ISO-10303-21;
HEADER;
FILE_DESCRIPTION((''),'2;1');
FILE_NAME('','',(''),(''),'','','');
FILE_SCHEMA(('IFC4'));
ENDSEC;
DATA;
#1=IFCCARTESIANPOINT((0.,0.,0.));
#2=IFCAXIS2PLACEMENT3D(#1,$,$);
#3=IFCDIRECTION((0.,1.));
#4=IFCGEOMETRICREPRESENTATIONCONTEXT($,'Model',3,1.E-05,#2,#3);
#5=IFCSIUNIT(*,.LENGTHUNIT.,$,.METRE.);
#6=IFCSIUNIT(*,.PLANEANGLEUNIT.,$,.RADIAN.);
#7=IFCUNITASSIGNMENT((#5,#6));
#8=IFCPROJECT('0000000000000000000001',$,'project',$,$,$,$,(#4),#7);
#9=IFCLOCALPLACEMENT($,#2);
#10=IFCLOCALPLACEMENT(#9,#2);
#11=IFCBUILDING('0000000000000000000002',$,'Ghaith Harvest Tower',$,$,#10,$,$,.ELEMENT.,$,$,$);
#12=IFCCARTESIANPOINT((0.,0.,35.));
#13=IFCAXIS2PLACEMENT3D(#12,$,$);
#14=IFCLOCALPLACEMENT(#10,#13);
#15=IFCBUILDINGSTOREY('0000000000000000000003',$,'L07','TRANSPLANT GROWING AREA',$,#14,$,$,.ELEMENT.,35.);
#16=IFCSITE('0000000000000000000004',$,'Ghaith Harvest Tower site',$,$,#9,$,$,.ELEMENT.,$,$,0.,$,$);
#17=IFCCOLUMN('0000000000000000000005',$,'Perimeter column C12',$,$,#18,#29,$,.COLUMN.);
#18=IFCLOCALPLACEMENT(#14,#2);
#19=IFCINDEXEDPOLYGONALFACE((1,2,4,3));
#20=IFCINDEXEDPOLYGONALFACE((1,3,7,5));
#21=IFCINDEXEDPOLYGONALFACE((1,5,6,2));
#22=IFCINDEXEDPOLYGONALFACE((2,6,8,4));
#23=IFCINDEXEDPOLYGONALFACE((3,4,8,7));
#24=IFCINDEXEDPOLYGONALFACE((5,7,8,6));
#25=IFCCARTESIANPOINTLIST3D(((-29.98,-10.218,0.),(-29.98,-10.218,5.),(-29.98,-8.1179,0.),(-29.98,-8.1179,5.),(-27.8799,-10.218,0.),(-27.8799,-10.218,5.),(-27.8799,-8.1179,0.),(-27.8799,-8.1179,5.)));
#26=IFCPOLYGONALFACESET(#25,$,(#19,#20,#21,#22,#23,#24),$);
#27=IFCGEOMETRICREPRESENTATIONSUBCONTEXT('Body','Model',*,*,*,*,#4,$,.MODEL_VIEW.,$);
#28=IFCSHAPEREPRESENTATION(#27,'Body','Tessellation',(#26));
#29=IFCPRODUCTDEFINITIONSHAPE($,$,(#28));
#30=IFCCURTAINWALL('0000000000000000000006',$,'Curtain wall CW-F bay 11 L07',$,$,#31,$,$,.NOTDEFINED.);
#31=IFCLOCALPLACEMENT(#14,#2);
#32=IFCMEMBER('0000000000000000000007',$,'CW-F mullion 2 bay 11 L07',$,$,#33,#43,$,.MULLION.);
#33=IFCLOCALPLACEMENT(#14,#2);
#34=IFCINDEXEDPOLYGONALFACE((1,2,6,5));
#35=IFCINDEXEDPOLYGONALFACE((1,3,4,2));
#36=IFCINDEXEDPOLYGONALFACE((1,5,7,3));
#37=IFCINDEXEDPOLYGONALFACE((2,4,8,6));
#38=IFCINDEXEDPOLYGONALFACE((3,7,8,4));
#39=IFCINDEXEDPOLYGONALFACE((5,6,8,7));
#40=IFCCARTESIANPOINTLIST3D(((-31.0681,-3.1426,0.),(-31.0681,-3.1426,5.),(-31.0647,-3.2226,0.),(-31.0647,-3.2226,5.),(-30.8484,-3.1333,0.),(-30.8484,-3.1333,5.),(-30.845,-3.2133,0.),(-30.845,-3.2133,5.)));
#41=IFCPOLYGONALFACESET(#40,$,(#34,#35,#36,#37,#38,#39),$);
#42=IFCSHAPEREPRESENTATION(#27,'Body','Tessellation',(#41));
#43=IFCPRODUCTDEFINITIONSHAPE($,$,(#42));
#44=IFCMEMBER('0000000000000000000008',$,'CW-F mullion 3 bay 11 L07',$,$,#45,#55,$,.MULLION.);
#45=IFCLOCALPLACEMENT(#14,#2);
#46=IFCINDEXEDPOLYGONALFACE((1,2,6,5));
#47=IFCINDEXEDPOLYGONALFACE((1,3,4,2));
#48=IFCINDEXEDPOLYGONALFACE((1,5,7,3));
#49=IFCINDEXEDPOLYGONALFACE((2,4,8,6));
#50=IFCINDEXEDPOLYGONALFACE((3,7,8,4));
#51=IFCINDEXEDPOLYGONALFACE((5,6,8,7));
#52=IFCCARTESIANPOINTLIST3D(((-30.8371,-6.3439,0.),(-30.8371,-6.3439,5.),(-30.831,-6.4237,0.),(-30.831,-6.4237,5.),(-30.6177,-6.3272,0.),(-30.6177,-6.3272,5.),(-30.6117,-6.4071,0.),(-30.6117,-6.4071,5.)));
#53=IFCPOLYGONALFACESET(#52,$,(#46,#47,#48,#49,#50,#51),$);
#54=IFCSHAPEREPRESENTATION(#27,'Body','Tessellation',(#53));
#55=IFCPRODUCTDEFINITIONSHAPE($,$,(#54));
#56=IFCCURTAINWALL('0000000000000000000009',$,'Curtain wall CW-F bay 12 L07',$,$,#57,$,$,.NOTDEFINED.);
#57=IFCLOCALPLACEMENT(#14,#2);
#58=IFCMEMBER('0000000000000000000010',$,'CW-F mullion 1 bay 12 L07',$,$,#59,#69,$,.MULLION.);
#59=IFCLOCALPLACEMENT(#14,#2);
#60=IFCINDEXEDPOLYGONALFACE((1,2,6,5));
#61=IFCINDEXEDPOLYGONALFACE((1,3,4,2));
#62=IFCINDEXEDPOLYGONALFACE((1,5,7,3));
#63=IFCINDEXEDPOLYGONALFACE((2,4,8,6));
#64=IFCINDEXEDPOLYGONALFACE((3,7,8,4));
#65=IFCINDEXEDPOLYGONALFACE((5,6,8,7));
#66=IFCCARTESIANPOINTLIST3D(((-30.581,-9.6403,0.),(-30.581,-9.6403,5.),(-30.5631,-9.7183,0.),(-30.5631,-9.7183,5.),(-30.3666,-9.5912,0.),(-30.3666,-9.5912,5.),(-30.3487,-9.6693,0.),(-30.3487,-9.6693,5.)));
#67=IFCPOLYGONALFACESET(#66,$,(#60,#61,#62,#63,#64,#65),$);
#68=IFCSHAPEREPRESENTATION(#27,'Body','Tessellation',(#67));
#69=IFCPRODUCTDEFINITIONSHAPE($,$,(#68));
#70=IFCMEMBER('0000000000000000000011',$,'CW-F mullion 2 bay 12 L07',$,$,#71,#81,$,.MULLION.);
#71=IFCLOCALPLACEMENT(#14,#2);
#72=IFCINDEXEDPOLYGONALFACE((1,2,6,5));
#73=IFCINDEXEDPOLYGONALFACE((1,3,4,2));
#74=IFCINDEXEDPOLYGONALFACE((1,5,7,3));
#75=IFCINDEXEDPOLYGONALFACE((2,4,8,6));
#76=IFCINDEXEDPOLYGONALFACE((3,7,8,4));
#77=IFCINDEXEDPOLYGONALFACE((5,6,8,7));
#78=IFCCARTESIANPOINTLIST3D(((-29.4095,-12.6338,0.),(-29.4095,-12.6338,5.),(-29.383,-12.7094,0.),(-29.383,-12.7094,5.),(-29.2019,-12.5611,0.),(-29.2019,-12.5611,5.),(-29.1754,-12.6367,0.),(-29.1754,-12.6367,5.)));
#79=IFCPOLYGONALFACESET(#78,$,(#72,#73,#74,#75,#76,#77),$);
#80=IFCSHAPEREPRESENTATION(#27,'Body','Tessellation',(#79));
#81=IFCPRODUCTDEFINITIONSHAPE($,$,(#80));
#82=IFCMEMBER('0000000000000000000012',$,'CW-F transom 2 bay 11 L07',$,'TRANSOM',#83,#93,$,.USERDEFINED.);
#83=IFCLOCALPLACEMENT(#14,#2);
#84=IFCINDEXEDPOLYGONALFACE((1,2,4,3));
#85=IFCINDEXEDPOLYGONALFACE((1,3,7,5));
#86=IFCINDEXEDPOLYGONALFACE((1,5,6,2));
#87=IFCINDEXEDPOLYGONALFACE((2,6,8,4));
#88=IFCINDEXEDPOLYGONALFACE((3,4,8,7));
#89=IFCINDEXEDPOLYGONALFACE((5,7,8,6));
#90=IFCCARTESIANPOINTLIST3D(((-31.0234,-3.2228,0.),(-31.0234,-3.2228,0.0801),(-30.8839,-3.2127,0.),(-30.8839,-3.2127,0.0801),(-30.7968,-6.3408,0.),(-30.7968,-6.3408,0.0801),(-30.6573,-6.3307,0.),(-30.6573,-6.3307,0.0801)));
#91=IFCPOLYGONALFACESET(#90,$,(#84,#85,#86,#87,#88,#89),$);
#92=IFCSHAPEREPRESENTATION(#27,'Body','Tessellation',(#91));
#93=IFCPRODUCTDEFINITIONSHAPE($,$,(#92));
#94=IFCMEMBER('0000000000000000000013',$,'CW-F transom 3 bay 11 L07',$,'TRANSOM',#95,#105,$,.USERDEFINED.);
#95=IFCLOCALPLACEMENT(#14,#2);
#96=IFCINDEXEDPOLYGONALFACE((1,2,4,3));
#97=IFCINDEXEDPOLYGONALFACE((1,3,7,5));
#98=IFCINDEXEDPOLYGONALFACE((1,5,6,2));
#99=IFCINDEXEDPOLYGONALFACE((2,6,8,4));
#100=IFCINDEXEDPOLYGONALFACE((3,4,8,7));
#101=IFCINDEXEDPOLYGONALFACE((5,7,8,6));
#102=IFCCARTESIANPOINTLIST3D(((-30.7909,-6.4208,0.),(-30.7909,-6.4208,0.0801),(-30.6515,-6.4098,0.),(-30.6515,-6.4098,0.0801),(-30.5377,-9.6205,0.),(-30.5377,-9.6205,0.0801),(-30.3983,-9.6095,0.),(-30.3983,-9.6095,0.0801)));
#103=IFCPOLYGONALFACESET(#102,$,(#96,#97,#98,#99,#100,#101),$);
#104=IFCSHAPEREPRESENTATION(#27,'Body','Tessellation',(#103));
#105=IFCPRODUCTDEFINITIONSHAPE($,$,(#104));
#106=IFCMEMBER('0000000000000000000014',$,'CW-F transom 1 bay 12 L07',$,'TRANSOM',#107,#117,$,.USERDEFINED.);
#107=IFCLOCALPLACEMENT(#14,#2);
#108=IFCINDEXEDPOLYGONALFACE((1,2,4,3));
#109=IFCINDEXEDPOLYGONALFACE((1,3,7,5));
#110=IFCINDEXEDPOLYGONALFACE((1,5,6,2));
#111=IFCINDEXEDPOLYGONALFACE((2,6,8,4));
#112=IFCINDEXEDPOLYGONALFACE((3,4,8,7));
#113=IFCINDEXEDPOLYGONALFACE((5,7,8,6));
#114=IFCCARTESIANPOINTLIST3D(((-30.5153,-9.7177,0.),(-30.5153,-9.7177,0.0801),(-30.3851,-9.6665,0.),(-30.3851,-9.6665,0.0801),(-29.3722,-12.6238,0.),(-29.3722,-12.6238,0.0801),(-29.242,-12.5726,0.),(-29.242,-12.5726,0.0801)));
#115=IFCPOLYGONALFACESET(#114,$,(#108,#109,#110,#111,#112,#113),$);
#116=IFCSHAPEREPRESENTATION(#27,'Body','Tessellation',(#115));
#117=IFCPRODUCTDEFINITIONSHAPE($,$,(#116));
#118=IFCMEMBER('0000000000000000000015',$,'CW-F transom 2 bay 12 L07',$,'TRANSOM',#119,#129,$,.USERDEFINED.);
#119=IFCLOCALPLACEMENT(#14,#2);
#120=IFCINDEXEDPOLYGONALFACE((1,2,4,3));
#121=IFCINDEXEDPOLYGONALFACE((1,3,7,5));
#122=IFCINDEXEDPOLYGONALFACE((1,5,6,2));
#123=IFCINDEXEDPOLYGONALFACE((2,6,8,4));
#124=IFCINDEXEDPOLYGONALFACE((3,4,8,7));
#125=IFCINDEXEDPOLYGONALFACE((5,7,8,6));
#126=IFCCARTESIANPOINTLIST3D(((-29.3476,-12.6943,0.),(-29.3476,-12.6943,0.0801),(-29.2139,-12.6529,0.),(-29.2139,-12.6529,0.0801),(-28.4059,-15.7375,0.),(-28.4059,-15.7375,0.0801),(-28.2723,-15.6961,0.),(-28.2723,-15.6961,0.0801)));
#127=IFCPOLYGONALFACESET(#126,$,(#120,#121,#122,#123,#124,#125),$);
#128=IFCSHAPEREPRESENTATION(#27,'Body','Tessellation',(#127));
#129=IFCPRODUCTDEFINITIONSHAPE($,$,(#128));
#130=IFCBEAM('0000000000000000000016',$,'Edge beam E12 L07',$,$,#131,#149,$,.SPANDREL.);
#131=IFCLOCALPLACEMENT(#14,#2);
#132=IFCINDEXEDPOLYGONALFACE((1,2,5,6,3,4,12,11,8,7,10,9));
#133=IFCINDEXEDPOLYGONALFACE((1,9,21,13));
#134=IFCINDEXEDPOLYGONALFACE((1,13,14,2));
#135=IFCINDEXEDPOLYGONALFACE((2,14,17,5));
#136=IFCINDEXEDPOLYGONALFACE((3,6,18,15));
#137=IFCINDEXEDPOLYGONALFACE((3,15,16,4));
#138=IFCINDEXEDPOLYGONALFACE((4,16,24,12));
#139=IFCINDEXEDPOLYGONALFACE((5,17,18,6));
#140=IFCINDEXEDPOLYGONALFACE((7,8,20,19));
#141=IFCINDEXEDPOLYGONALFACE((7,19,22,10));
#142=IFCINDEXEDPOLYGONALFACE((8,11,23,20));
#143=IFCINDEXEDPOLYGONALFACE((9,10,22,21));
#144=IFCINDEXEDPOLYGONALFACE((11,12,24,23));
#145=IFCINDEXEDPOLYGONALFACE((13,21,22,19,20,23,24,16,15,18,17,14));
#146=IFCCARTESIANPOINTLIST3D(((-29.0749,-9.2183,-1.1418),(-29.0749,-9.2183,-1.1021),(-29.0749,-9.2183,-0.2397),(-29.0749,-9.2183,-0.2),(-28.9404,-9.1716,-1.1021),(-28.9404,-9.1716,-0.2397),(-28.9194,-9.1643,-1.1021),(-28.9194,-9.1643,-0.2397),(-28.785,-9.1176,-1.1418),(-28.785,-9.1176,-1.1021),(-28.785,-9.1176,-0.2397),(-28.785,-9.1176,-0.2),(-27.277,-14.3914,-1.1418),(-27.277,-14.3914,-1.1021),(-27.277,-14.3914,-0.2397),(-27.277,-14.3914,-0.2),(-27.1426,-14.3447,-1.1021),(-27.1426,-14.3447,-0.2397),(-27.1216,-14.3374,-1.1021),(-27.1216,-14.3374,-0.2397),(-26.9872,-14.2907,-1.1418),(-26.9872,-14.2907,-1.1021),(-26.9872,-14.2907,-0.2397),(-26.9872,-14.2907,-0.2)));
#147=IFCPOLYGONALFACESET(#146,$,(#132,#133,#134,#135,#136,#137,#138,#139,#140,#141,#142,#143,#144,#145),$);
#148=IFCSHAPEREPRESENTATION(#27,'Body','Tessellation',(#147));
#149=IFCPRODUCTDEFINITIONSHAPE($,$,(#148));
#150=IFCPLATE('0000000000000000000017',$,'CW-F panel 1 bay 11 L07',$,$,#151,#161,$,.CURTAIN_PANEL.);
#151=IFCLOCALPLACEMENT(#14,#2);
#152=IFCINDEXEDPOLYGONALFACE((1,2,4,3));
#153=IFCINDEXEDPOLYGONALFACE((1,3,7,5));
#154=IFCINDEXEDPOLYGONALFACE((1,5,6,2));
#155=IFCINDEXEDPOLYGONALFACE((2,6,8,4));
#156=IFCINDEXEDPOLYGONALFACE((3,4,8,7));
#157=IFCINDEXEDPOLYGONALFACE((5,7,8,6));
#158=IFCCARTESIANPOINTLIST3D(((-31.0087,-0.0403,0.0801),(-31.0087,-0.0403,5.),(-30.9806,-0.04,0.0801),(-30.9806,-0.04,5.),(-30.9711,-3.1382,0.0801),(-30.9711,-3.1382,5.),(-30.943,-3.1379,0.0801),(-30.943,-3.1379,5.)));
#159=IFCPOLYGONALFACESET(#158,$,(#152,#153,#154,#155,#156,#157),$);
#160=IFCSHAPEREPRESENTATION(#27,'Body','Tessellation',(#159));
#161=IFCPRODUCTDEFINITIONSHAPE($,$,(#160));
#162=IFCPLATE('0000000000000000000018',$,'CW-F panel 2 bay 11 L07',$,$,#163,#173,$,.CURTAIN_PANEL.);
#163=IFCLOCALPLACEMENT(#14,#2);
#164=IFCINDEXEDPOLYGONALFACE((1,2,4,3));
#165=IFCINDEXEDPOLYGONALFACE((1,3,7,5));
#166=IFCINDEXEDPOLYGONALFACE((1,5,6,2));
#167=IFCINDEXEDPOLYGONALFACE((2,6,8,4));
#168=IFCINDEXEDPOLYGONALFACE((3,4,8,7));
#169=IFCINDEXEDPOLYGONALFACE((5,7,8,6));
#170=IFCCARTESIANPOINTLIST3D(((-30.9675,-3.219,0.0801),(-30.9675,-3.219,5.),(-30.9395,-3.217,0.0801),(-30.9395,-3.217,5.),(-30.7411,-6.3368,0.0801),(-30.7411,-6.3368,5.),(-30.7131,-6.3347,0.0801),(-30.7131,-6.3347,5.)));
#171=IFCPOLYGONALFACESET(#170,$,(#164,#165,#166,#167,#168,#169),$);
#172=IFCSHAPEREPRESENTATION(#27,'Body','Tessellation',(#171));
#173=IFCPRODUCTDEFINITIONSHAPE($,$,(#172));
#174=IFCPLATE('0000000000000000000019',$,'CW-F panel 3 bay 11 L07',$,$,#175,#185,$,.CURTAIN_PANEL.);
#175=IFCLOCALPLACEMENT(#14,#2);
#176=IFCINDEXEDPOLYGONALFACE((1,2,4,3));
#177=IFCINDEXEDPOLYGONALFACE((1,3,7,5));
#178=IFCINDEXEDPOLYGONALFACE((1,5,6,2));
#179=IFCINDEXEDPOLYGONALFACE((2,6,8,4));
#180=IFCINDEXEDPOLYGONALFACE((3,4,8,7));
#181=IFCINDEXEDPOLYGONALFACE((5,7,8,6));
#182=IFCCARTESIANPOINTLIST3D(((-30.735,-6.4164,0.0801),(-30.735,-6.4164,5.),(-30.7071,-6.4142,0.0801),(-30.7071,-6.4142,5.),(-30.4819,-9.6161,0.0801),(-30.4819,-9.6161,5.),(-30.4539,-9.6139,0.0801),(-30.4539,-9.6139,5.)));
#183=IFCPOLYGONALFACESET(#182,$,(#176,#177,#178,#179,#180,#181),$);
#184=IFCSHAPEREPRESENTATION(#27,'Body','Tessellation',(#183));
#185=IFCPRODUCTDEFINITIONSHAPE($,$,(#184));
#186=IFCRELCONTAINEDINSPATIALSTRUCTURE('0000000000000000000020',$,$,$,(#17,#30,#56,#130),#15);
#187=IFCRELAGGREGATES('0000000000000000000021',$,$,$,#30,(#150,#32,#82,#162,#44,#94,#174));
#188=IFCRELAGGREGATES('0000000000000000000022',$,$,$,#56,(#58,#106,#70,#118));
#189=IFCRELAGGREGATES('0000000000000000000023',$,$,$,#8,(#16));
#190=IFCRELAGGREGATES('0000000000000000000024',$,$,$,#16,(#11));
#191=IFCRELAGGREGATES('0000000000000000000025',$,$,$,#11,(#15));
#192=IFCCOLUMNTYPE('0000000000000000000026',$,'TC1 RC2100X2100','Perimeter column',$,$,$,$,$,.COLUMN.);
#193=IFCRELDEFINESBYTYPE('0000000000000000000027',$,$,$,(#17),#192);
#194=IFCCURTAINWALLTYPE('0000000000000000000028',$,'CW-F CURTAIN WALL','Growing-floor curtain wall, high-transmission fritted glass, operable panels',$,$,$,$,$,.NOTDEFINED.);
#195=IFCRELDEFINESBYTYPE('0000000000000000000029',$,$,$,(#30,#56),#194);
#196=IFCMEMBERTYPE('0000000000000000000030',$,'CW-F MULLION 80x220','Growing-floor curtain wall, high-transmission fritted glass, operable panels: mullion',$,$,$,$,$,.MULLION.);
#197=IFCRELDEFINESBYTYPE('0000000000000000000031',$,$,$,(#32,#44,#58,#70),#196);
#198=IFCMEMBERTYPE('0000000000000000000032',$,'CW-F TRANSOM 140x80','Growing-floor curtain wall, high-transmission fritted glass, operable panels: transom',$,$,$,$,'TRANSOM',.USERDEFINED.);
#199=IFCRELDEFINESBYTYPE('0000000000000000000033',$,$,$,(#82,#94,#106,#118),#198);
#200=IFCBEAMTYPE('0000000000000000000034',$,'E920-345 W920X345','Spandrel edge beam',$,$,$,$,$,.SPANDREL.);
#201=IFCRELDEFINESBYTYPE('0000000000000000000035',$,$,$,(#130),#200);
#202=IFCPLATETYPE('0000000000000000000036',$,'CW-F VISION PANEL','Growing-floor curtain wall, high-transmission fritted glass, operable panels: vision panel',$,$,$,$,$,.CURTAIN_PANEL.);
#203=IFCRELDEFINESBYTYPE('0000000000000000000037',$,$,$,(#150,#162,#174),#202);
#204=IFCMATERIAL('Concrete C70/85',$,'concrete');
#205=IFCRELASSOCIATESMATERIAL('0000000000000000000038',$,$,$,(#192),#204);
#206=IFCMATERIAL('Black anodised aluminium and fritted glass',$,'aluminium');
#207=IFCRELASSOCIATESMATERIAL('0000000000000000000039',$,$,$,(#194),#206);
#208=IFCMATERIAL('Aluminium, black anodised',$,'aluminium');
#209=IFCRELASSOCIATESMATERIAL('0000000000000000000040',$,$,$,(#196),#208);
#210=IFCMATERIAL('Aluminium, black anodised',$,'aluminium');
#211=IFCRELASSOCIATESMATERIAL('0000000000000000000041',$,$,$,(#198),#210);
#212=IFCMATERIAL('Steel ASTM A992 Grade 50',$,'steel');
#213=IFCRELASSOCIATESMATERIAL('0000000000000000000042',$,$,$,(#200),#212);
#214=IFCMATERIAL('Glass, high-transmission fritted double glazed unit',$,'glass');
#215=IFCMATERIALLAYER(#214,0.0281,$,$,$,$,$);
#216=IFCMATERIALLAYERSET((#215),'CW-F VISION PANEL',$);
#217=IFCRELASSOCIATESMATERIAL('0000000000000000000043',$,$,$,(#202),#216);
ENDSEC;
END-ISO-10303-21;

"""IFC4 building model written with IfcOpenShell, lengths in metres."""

from ifc_helpers import new_model, si_unit, direction, frame, origin, origin_2d, place, context, subcontext, project, spatial, rectangle, i_section, extrude, material, layer, layer_set, material_profile, profile_set, type_object, element, aggregate, save


model = new_model("IFC4")

# Units and contexts
model_context = context("Model", 3, precision=1e-05, world=origin(), true_north=direction((0.0, 1.0)))
body_context = subcontext(model_context, "Body", "Model", "MODEL_VIEW")
ifc_project = project(units=[si_unit("LENGTHUNIT", "METRE"), si_unit("PLANEANGLEUNIT", "RADIAN")], contexts=[model_context])

# Site, building, storey
site_placement = place(None, origin())
site = spatial("IfcSite", under=ifc_project, at=site_placement, Name="Ghaith Harvest Tower site", CompositionType="ELEMENT", RefElevation=0.0)
building_placement = place(site_placement, origin())
building = spatial("IfcBuilding", under=site, at=building_placement, Name="Ghaith Harvest Tower", CompositionType="ELEMENT")
storey_placement = place(building_placement, frame((0.0, 0.0, 35.0)))
storey = spatial("IfcBuildingStorey", under=building, at=storey_placement, Name="L07", Description="TRANSPLANT GROWING AREA", CompositionType="ELEMENT", Elevation=35.0)

# Column
ifc_material_1 = material(Name="Concrete C70/85", Category="concrete")
ifc_material_profile_1 = material_profile(ifc_material_1, rectangle(XDim=2.1001, YDim=2.1001, at=origin_2d()), Name="RC2100X2100")
ifc_profile_set_1 = profile_set([ifc_material_profile_1], Name="Concrete C70/85")
column_type = type_object("IfcColumnType", Name="TC1 RC2100X2100", Description="Perimeter column", PredefinedType="COLUMN", material=ifc_profile_set_1)
column_placement = place(storey_placement, frame((-28.9299, -9.168, 0.0), z_axis=(0.0, 0.0, 1.0), x_axis=(1.0, 0.0, 0.0)))
element("IfcColumn", 1, at=column_placement, inside=storey, type_object=column_type, Name="Perimeter column C12", PredefinedType="COLUMN", context=body_context, shape_type="SweptSolid", body=[
    extrude(rectangle(XDim=2.1001, YDim=2.1001, at=origin_2d()), origin(), (0.0, 0.0, 1.0), 5.0),
])

# Curtain walls, members
ifc_material_2 = material(Name="Black anodised aluminium and fritted glass", Category="aluminium")
curtain_wall_type = type_object("IfcCurtainWallType", Name="CW-F CURTAIN WALL", Description="Growing-floor curtain wall, high-transmission fritted glass, operable panels", PredefinedType="NOTDEFINED", material=ifc_material_2)
curtain_wall_1_placement = place(storey_placement, origin())
curtain_wall_1 = element("IfcCurtainWall", 2, at=curtain_wall_1_placement, inside=storey, type_object=curtain_wall_type, Name="Curtain wall CW-F bay 11 L07", PredefinedType="NOTDEFINED")
ifc_material_3 = material(Name="Aluminium, black anodised", Category="aluminium")
ifc_material_profile_2 = material_profile(ifc_material_3, rectangle(XDim=0.0801, YDim=0.22, at=origin_2d()), Name="CW-F MULLION 80x220")
ifc_profile_set_2 = profile_set([ifc_material_profile_2], Name="Aluminium, black anodised")
member_type_1 = type_object("IfcMemberType", Name="CW-F MULLION 80x220", Description="Growing-floor curtain wall, high-transmission fritted glass, operable panels: mullion", PredefinedType="MULLION", material=ifc_profile_set_2)
member_1_placement = place(storey_placement, frame((-30.9565, -3.178, 0.0), z_axis=(0.0, 0.0, 1.0), x_axis=(0.042427, -0.9991, 0.0)))
member_1 = element("IfcMember", 3, at=member_1_placement, type_object=member_type_1, Name="CW-F mullion 2 bay 11 L07", PredefinedType="MULLION", context=body_context, shape_type="SweptSolid", body=[
    extrude(rectangle(XDim=0.0801, YDim=0.22, at=origin_2d()), origin(), (0.0, 0.0, 1.0), 5.0),
])
member_2_placement = place(storey_placement, frame((-30.7244, -6.3755, 0.0), z_axis=(0.0, 0.0, 1.0), x_axis=(0.075686, -0.997132, 0.0)))
member_2 = element("IfcMember", 4, at=member_2_placement, type_object=member_type_1, Name="CW-F mullion 3 bay 11 L07", PredefinedType="MULLION", context=body_context, shape_type="SweptSolid", body=[
    extrude(rectangle(XDim=0.0801, YDim=0.22, at=origin_2d()), origin(), (0.0, 0.0, 1.0), 5.0),
])
curtain_wall_2_placement = place(storey_placement, origin())
curtain_wall_2 = element("IfcCurtainWall", 5, at=curtain_wall_2_placement, inside=storey, type_object=curtain_wall_type, Name="Curtain wall CW-F bay 12 L07", PredefinedType="NOTDEFINED")
member_3_placement = place(storey_placement, frame((-30.4648, -9.6548, 0.0), z_axis=(0.0, 0.0, 1.0), x_axis=(0.222967, -0.974826, 0.0)))
member_3 = element("IfcMember", 6, at=member_3_placement, type_object=member_type_1, Name="CW-F mullion 1 bay 12 L07", PredefinedType="MULLION", context=body_context, shape_type="SweptSolid", body=[
    extrude(rectangle(XDim=0.0801, YDim=0.22, at=origin_2d()), origin(), (0.0, 0.0, 1.0), 5.0),
])
member_4_placement = place(storey_placement, frame((-29.2925, -12.6353, 0.0), z_axis=(0.0, 0.0, 1.0), x_axis=(0.330701, -0.943736, 0.0)))
member_4 = element("IfcMember", 7, at=member_4_placement, type_object=member_type_1, Name="CW-F mullion 2 bay 12 L07", PredefinedType="MULLION", context=body_context, shape_type="SweptSolid", body=[
    extrude(rectangle(XDim=0.0801, YDim=0.22, at=origin_2d()), origin(), (0.0, 0.0, 1.0), 5.0),
])

# Members
ifc_material_4 = material(Name="Aluminium, black anodised", Category="aluminium")
ifc_material_profile_3 = material_profile(ifc_material_4, rectangle(XDim=0.1399, YDim=0.0801, at=origin_2d()), Name="CW-F TRANSOM 140x80")
ifc_profile_set_3 = profile_set([ifc_material_profile_3], Name="Aluminium, black anodised")
member_type_2 = type_object("IfcMemberType", Name="CW-F TRANSOM 140x80", Description="Growing-floor curtain wall, high-transmission fritted glass, operable panels: transom", ElementType="TRANSOM", PredefinedType="USERDEFINED", material=ifc_profile_set_3)
member_5_placement = place(storey_placement, frame((-30.9536, -3.2178, 0.04), z_axis=(0.072474, -0.99737, 0.0), x_axis=(0.99737, 0.072474, 0.0)))
member_5 = element("IfcMember", 8, at=member_5_placement, type_object=member_type_2, Name="CW-F transom 2 bay 11 L07", ObjectType="TRANSOM", PredefinedType="USERDEFINED", context=body_context, shape_type="SweptSolid", body=[
    extrude(rectangle(XDim=0.1399, YDim=0.0801, at=origin_2d()), origin(), (0.0, 0.0, 1.0), 3.1262),
])
member_6_placement = place(storey_placement, frame((-30.7212, -6.4153, 0.04), z_axis=(0.078878, -0.996884, 0.0), x_axis=(0.996884, 0.078878, 0.0)))
member_6 = element("IfcMember", 9, at=member_6_placement, type_object=member_type_2, Name="CW-F transom 3 bay 11 L07", ObjectType="TRANSOM", PredefinedType="USERDEFINED", context=body_context, shape_type="SweptSolid", body=[
    extrude(rectangle(XDim=0.1399, YDim=0.0801, at=origin_2d()), origin(), (0.0, 0.0, 1.0), 3.2097),
])
member_7_placement = place(storey_placement, frame((-30.4502, -9.6921, 0.04), z_axis=(0.366047, -0.930597, 0.0), x_axis=(0.930597, 0.366047, 0.0)))
member_7 = element("IfcMember", 10, at=member_7_placement, type_object=member_type_2, Name="CW-F transom 1 bay 12 L07", ObjectType="TRANSOM", PredefinedType="USERDEFINED", context=body_context, shape_type="SweptSolid", body=[
    extrude(rectangle(XDim=0.1399, YDim=0.0801, at=origin_2d()), origin(), (0.0, 0.0, 1.0), 3.1228),
])
member_8_placement = place(storey_placement, frame((-29.2808, -12.6736, 0.04), z_axis=(0.295599, -0.955312, 0.0), x_axis=(0.955312, 0.295599, 0.0)))
member_8 = element("IfcMember", 11, at=member_8_placement, type_object=member_type_2, Name="CW-F transom 2 bay 12 L07", ObjectType="TRANSOM", PredefinedType="USERDEFINED", context=body_context, shape_type="SweptSolid", body=[
    extrude(rectangle(XDim=0.1399, YDim=0.0801, at=origin_2d()), origin(), (0.0, 0.0, 1.0), 3.1855),
])

# Beam
ifc_material_5 = material(Name="Steel ASTM A992 Grade 50", Category="steel")
ifc_material_profile_4 = material_profile(ifc_material_5, i_section(OverallWidth=0.3069, OverallDepth=0.9419, WebThickness=0.0222, FlangeThickness=0.0398, at=origin_2d()), Name="W920X345")
ifc_profile_set_4 = profile_set([ifc_material_profile_4], Name="Steel ASTM A992 Grade 50")
beam_type = type_object("IfcBeamType", Name="E920-345 W920X345", Description="Spandrel edge beam", PredefinedType="SPANDREL", material=ifc_profile_set_4)
beam_placement = place(storey_placement, frame((-28.9299, -9.168, -0.6709), z_axis=(0.328279, -0.944581, 0.0), x_axis=(0.944581, 0.328279, 0.0)))
element("IfcBeam", 12, at=beam_placement, inside=storey, type_object=beam_type, Name="Edge beam E12 L07", PredefinedType="SPANDREL", context=body_context, shape_type="SweptSolid", body=[
    extrude(i_section(OverallWidth=0.3069, OverallDepth=0.9419, WebThickness=0.0222, FlangeThickness=0.0398, at=origin_2d()), origin(), (0.0, 0.0, 1.0), 5.4766),
])

# Plates
ifc_material_6 = material(Name="Glass, high-transmission fritted double glazed unit", Category="glass")
ifc_layer_1 = layer(ifc_material_6, 0.0281)
ifc_layer_set_1 = layer_set([ifc_layer_1], Name="CW-F VISION PANEL")
plate_type = type_object("IfcPlateType", Name="CW-F VISION PANEL", Description="Growing-floor curtain wall, high-transmission fritted glass, operable panels: vision panel", PredefinedType="CURTAIN_PANEL", material=ifc_layer_set_1)
plate_1_placement = place(storey_placement, frame((-30.9758, -1.5891, 0.0801), z_axis=(0.0, 0.0, 1.0), x_axis=(0.012133, -0.999926, 0.0)))
plate_1 = element("IfcPlate", 13, at=plate_1_placement, type_object=plate_type, Name="CW-F panel 1 bay 11 L07", PredefinedType="CURTAIN_PANEL", context=body_context, shape_type="SweptSolid", body=[
    extrude(rectangle(XDim=3.0981, YDim=0.0281, at=origin_2d()), origin(), (0.0, 0.0, 1.0), 4.9199),
])
plate_2_placement = place(storey_placement, frame((-30.8403, -4.7769, 0.0801), z_axis=(0.0, 0.0, 1.0), x_axis=(0.072421, -0.997374, 0.0)))
plate_2 = element("IfcPlate", 14, at=plate_2_placement, type_object=plate_type, Name="CW-F panel 2 bay 11 L07", PredefinedType="CURTAIN_PANEL", context=body_context, shape_type="SweptSolid", body=[
    extrude(rectangle(XDim=3.126, YDim=0.0281, at=origin_2d()), origin(), (0.0, 0.0, 1.0), 4.9199),
])
plate_3_placement = place(storey_placement, frame((-30.5945, -8.0151, 0.0801), z_axis=(0.0, 0.0, 1.0), x_axis=(0.078867, -0.996885, 0.0)))
plate_3 = element("IfcPlate", 15, at=plate_3_placement, type_object=plate_type, Name="CW-F panel 3 bay 11 L07", PredefinedType="CURTAIN_PANEL", context=body_context, shape_type="SweptSolid", body=[
    extrude(rectangle(XDim=3.2097, YDim=0.0281, at=origin_2d()), origin(), (0.0, 0.0, 1.0), 4.9199),
])
aggregate(curtain_wall_1, [plate_1, member_1, member_5, plate_2, member_2, member_6, plate_3])
aggregate(curtain_wall_2, [member_3, member_7, member_4, member_8])

save(model, "model.ifc")
